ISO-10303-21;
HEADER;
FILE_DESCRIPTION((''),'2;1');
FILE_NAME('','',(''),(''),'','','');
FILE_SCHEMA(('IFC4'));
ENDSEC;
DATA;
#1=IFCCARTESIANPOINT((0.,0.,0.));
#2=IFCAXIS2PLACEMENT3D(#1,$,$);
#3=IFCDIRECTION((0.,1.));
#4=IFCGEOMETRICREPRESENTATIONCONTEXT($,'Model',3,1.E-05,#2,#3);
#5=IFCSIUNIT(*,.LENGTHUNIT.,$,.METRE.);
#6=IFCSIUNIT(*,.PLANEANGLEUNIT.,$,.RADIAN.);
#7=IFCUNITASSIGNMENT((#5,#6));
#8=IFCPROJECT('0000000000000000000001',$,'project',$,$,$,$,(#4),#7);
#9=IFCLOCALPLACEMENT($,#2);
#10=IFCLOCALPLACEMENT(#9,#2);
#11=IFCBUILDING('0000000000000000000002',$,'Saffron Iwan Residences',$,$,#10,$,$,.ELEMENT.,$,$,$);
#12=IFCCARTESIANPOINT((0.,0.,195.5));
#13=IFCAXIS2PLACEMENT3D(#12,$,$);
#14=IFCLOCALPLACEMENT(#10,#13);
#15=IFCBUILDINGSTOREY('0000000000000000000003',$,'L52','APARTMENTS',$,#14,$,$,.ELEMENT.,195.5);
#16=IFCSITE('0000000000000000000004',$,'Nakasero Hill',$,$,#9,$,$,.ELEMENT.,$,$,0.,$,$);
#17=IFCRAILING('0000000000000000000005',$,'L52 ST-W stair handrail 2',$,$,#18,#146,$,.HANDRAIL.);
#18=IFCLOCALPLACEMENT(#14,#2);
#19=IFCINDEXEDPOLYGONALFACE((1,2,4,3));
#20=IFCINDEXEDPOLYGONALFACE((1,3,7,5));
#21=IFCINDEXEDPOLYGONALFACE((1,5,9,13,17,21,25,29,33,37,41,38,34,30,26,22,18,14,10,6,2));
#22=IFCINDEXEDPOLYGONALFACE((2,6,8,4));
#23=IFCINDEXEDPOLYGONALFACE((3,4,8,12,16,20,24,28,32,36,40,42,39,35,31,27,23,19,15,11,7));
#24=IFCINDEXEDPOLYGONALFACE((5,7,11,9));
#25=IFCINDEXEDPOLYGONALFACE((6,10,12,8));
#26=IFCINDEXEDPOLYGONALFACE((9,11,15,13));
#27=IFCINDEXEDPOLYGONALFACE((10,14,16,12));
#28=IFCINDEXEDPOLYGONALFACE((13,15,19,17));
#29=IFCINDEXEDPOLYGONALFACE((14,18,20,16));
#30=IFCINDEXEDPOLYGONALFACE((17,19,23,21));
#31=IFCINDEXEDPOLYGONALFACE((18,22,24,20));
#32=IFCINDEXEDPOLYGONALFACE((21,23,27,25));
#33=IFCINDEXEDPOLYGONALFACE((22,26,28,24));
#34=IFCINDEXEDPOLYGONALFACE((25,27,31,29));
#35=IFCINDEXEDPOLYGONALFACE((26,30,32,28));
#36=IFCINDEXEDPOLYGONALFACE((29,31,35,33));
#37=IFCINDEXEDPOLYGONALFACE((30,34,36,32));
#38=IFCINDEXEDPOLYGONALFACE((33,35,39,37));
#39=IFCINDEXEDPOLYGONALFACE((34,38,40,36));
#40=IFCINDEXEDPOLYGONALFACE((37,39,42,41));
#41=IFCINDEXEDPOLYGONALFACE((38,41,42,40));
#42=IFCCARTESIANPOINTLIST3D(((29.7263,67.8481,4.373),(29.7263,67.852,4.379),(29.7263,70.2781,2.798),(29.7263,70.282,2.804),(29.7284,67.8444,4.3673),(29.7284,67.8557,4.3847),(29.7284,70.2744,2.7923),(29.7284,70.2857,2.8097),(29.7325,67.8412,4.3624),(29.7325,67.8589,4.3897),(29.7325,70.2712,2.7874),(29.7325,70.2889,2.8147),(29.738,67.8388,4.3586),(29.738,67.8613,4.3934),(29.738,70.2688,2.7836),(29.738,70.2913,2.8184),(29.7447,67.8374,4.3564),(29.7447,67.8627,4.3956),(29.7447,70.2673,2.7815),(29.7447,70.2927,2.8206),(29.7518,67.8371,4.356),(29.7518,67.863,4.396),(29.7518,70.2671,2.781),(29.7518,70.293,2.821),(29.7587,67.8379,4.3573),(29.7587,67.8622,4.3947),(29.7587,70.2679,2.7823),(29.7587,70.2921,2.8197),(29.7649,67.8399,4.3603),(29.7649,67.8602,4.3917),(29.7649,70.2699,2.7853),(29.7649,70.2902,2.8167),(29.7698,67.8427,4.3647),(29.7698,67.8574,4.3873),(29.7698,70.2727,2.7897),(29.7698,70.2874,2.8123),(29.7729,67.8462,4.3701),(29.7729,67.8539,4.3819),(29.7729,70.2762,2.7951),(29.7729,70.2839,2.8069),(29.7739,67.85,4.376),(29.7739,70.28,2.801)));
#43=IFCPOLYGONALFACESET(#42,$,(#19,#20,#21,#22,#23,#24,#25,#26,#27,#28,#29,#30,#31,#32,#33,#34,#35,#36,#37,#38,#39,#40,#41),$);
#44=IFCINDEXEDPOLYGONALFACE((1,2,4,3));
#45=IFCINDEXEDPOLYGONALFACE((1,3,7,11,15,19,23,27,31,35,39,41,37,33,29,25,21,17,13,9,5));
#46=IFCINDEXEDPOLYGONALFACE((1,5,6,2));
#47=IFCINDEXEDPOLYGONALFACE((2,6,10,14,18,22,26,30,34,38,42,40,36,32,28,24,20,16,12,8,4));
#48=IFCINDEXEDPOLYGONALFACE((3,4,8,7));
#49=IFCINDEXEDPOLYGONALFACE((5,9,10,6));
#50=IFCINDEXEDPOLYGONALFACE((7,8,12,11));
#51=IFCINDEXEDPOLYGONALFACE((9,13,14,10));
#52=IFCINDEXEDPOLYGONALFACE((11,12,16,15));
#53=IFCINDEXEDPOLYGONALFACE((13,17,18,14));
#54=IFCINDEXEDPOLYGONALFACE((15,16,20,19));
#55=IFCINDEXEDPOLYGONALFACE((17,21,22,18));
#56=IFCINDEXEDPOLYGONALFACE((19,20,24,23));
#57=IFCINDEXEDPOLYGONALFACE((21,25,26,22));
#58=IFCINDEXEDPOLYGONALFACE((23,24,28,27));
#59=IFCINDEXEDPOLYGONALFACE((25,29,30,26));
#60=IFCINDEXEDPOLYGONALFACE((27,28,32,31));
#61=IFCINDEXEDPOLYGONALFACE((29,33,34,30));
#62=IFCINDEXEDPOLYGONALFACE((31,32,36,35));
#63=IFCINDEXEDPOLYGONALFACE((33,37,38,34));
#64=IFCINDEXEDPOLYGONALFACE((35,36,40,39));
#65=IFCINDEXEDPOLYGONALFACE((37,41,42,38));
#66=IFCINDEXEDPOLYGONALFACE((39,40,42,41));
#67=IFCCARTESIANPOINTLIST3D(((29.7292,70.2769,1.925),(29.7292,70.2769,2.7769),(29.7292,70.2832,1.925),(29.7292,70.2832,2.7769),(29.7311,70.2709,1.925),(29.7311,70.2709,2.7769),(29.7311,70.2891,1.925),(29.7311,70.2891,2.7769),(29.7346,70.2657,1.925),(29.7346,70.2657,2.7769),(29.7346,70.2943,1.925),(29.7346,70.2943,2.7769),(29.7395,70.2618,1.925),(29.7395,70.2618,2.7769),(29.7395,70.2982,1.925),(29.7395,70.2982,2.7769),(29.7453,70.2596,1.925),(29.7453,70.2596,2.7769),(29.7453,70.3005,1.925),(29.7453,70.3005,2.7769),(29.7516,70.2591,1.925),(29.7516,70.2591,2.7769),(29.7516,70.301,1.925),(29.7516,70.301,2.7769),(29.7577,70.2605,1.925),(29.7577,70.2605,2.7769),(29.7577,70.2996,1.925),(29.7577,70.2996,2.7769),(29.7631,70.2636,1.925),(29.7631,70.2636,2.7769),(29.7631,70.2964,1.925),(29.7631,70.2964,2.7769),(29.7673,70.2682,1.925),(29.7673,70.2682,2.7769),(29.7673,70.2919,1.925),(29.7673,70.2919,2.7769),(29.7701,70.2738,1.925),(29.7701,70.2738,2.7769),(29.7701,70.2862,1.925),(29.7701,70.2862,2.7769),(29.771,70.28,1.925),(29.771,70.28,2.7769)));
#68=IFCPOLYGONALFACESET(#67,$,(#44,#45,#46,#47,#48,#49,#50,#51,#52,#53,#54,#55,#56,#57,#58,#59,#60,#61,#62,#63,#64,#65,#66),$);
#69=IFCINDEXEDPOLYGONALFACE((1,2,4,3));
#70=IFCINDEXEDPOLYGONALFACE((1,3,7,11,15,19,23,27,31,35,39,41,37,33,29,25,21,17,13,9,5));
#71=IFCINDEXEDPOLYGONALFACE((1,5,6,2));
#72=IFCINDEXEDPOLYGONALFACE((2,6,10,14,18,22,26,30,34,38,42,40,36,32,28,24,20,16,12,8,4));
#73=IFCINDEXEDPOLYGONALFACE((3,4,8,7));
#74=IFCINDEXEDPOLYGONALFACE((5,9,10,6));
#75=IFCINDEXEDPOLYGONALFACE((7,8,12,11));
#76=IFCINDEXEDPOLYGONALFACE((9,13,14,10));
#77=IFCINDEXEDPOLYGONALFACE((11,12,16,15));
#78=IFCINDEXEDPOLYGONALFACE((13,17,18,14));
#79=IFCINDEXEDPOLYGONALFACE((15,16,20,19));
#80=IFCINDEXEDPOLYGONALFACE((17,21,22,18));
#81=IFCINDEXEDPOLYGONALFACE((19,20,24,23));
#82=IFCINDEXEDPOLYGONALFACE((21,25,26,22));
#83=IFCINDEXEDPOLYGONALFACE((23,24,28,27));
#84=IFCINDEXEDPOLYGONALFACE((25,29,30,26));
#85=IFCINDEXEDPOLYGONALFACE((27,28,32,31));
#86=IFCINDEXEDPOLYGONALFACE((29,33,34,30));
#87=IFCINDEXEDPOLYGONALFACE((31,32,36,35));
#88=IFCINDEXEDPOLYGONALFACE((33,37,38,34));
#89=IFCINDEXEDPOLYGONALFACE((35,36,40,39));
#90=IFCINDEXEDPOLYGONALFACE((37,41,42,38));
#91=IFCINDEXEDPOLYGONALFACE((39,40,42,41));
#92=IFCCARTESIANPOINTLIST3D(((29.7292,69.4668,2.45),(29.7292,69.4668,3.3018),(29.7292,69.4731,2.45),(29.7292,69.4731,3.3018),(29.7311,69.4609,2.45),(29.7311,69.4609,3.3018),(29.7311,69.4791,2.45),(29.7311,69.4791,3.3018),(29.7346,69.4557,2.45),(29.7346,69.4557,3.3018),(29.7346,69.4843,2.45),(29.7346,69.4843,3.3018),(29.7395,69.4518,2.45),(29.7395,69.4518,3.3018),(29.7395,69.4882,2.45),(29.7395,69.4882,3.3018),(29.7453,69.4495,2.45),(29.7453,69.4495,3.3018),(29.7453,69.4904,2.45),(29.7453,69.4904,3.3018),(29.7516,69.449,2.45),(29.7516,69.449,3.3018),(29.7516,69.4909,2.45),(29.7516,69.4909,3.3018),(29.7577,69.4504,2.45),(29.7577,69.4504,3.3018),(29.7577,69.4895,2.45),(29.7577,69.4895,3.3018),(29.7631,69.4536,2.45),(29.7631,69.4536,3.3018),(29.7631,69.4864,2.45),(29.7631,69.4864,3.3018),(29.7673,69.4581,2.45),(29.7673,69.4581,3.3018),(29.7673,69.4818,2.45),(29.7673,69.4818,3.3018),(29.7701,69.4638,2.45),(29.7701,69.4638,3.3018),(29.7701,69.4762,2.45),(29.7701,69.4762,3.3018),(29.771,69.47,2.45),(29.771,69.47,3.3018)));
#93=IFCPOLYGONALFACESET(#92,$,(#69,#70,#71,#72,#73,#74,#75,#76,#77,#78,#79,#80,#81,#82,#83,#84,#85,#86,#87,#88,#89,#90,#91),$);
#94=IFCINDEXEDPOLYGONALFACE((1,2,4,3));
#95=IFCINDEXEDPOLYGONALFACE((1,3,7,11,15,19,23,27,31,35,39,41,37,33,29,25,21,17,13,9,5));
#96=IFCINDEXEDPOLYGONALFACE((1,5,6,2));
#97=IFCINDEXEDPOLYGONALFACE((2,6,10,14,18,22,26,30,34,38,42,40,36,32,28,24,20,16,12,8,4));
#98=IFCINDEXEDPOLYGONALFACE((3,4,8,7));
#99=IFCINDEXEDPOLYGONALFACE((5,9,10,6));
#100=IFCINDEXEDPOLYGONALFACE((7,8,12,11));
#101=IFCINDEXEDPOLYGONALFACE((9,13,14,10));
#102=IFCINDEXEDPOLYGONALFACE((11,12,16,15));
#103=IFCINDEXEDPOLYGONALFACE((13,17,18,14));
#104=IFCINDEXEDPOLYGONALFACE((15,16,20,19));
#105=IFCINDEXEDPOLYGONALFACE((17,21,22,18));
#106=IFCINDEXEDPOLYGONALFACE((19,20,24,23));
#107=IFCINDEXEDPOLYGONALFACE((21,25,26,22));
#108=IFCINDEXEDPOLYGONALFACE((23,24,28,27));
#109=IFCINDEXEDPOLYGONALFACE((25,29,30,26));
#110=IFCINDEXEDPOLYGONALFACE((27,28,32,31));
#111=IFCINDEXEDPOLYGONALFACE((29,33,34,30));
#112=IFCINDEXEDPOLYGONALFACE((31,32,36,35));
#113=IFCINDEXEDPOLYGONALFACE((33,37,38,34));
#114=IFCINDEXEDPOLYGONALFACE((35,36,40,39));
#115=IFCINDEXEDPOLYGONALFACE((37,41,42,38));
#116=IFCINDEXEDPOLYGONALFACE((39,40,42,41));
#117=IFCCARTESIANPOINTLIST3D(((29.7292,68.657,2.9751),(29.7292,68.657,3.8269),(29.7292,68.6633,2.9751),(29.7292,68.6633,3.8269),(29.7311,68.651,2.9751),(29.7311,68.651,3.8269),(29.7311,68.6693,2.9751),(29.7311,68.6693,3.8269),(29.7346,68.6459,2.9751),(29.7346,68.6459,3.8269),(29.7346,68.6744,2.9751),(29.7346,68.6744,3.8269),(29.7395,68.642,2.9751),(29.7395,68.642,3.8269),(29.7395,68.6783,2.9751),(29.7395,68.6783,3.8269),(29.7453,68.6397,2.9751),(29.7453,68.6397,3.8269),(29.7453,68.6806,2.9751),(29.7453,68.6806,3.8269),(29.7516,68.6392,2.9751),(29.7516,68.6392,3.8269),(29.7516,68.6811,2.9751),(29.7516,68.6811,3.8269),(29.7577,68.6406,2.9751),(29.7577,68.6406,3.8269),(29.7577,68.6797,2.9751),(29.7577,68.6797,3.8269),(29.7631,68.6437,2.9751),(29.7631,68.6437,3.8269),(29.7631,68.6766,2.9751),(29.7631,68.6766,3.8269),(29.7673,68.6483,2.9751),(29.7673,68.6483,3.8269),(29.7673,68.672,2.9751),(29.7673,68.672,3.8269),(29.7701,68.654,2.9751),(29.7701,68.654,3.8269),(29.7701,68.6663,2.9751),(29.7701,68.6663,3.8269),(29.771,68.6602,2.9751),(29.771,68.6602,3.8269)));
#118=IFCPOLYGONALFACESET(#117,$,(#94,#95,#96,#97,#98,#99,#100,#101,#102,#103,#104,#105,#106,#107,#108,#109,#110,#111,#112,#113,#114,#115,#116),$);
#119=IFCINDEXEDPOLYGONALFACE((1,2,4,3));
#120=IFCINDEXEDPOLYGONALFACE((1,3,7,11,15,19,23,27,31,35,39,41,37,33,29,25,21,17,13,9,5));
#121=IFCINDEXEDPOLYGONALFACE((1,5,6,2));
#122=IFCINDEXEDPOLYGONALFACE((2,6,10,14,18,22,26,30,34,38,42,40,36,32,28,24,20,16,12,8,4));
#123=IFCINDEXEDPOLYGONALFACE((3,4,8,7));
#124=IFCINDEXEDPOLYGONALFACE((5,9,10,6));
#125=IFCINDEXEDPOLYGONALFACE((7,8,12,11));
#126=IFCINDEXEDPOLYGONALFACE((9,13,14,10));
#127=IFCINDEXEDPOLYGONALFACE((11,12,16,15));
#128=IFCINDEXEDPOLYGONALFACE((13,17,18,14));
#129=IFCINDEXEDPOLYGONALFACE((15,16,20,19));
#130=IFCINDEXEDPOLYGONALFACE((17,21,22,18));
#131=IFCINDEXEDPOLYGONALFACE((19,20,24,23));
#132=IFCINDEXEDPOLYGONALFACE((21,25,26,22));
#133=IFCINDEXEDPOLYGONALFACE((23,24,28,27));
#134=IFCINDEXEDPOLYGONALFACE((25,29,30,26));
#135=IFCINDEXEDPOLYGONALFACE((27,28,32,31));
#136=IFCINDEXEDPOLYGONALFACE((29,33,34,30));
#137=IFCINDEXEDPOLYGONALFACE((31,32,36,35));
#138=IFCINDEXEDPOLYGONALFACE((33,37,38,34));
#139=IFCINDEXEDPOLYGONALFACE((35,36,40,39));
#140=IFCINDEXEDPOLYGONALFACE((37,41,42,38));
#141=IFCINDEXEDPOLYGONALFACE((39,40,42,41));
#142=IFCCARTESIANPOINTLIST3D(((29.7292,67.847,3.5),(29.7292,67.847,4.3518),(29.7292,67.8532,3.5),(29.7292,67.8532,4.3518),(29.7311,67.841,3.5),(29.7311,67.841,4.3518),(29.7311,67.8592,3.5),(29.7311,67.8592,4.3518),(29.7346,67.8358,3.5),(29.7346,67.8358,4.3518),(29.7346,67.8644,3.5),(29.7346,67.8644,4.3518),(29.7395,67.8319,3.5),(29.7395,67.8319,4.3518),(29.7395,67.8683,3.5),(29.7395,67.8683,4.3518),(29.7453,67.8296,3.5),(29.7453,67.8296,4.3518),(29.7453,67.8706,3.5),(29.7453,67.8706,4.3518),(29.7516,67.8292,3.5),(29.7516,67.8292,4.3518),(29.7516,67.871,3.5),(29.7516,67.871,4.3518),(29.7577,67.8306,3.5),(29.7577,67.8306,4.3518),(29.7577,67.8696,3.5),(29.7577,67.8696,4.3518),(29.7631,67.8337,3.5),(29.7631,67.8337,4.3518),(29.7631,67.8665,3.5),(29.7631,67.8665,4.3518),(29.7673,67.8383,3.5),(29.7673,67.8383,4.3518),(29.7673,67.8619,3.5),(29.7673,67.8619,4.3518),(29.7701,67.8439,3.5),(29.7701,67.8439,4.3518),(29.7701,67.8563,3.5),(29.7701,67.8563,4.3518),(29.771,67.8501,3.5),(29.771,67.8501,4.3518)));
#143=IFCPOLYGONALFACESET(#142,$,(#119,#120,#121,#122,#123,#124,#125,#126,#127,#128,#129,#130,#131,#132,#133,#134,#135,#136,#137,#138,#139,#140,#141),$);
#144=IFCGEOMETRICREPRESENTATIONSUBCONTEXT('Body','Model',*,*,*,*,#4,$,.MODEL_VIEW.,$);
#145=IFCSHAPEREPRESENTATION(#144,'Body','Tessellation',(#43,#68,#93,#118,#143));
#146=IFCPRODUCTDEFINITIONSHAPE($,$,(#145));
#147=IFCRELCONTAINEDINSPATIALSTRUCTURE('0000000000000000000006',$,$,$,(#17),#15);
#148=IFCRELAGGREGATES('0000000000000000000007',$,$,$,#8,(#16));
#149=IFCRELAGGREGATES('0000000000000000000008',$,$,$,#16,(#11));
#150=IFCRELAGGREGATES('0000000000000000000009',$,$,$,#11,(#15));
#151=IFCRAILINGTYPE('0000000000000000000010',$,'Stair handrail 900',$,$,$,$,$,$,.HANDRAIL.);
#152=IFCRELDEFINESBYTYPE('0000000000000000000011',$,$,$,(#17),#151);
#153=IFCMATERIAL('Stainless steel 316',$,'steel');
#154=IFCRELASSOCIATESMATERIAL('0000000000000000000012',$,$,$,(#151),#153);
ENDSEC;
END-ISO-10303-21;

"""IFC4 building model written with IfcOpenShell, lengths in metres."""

from ifc_helpers import new_model, si_unit, direction, frame, origin, origin_2d, place, context, subcontext, project, spatial, circle, extrude, material, type_object, element, save


model = new_model("IFC4")

# Units and contexts
model_context = context("Model", 3, precision=1e-05, world=origin(), true_north=direction((0.0, 1.0)))
body_context = subcontext(model_context, "Body", "Model", "MODEL_VIEW")
ifc_project = project(units=[si_unit("LENGTHUNIT", "METRE"), si_unit("PLANEANGLEUNIT", "RADIAN")], contexts=[model_context])

# Site, building, storey
site_placement = place(None, origin())
site = spatial("IfcSite", under=ifc_project, at=site_placement, Name="Nakasero Hill", CompositionType="ELEMENT", RefElevation=0.0)
building_placement = place(site_placement, origin())
building = spatial("IfcBuilding", under=site, at=building_placement, Name="Saffron Iwan Residences", CompositionType="ELEMENT")
storey_placement = place(building_placement, frame((0.0, 0.0, 195.5)))
storey = spatial("IfcBuildingStorey", under=building, at=storey_placement, Name="L52", Description="APARTMENTS", CompositionType="ELEMENT", Elevation=195.5)

# Railing
ifc_material_1 = material(Name="Stainless steel 316", Category="steel")
railing_type_1 = type_object("IfcRailingType", Name="Stair handrail 900", PredefinedType="HANDRAIL", material=ifc_material_1)
railing_1_placement = place(storey_placement, frame((29.75, 70.28, 1.925)))
element("IfcRailing", 1, at=railing_1_placement, inside=storey, type_object=railing_type_1, Name="L52 ST-W stair handrail 2", PredefinedType="HANDRAIL", context=body_context, shape_type="SweptSolid", body=[
    extrude(circle(Radius=0.0239, at=origin_2d()), frame((0.0, 0.0, 0.876), z_axis=(0.0, -0.839154, 0.543894), x_axis=(1.0, 0.0, 0.0)), (0.0, 0.0, 1.0), 2.8958),
    extrude(circle(Radius=0.021, at=origin_2d()), origin(), (0.0, 0.0, 1.0), 0.8518),
    extrude(circle(Radius=0.021, at=origin_2d()), frame((0.0, -0.8101, 0.5249)), (0.0, 0.0, 1.0), 0.8518),
    extrude(circle(Radius=0.021, at=origin_2d()), frame((0.0, -1.6199, 1.05)), (0.0, 0.0, 1.0), 0.8518),
    extrude(circle(Radius=0.021, at=origin_2d()), frame((0.0, -2.4299, 1.575)), (0.0, 0.0, 1.0), 0.8518),
])

save(model, "model.ifc")
